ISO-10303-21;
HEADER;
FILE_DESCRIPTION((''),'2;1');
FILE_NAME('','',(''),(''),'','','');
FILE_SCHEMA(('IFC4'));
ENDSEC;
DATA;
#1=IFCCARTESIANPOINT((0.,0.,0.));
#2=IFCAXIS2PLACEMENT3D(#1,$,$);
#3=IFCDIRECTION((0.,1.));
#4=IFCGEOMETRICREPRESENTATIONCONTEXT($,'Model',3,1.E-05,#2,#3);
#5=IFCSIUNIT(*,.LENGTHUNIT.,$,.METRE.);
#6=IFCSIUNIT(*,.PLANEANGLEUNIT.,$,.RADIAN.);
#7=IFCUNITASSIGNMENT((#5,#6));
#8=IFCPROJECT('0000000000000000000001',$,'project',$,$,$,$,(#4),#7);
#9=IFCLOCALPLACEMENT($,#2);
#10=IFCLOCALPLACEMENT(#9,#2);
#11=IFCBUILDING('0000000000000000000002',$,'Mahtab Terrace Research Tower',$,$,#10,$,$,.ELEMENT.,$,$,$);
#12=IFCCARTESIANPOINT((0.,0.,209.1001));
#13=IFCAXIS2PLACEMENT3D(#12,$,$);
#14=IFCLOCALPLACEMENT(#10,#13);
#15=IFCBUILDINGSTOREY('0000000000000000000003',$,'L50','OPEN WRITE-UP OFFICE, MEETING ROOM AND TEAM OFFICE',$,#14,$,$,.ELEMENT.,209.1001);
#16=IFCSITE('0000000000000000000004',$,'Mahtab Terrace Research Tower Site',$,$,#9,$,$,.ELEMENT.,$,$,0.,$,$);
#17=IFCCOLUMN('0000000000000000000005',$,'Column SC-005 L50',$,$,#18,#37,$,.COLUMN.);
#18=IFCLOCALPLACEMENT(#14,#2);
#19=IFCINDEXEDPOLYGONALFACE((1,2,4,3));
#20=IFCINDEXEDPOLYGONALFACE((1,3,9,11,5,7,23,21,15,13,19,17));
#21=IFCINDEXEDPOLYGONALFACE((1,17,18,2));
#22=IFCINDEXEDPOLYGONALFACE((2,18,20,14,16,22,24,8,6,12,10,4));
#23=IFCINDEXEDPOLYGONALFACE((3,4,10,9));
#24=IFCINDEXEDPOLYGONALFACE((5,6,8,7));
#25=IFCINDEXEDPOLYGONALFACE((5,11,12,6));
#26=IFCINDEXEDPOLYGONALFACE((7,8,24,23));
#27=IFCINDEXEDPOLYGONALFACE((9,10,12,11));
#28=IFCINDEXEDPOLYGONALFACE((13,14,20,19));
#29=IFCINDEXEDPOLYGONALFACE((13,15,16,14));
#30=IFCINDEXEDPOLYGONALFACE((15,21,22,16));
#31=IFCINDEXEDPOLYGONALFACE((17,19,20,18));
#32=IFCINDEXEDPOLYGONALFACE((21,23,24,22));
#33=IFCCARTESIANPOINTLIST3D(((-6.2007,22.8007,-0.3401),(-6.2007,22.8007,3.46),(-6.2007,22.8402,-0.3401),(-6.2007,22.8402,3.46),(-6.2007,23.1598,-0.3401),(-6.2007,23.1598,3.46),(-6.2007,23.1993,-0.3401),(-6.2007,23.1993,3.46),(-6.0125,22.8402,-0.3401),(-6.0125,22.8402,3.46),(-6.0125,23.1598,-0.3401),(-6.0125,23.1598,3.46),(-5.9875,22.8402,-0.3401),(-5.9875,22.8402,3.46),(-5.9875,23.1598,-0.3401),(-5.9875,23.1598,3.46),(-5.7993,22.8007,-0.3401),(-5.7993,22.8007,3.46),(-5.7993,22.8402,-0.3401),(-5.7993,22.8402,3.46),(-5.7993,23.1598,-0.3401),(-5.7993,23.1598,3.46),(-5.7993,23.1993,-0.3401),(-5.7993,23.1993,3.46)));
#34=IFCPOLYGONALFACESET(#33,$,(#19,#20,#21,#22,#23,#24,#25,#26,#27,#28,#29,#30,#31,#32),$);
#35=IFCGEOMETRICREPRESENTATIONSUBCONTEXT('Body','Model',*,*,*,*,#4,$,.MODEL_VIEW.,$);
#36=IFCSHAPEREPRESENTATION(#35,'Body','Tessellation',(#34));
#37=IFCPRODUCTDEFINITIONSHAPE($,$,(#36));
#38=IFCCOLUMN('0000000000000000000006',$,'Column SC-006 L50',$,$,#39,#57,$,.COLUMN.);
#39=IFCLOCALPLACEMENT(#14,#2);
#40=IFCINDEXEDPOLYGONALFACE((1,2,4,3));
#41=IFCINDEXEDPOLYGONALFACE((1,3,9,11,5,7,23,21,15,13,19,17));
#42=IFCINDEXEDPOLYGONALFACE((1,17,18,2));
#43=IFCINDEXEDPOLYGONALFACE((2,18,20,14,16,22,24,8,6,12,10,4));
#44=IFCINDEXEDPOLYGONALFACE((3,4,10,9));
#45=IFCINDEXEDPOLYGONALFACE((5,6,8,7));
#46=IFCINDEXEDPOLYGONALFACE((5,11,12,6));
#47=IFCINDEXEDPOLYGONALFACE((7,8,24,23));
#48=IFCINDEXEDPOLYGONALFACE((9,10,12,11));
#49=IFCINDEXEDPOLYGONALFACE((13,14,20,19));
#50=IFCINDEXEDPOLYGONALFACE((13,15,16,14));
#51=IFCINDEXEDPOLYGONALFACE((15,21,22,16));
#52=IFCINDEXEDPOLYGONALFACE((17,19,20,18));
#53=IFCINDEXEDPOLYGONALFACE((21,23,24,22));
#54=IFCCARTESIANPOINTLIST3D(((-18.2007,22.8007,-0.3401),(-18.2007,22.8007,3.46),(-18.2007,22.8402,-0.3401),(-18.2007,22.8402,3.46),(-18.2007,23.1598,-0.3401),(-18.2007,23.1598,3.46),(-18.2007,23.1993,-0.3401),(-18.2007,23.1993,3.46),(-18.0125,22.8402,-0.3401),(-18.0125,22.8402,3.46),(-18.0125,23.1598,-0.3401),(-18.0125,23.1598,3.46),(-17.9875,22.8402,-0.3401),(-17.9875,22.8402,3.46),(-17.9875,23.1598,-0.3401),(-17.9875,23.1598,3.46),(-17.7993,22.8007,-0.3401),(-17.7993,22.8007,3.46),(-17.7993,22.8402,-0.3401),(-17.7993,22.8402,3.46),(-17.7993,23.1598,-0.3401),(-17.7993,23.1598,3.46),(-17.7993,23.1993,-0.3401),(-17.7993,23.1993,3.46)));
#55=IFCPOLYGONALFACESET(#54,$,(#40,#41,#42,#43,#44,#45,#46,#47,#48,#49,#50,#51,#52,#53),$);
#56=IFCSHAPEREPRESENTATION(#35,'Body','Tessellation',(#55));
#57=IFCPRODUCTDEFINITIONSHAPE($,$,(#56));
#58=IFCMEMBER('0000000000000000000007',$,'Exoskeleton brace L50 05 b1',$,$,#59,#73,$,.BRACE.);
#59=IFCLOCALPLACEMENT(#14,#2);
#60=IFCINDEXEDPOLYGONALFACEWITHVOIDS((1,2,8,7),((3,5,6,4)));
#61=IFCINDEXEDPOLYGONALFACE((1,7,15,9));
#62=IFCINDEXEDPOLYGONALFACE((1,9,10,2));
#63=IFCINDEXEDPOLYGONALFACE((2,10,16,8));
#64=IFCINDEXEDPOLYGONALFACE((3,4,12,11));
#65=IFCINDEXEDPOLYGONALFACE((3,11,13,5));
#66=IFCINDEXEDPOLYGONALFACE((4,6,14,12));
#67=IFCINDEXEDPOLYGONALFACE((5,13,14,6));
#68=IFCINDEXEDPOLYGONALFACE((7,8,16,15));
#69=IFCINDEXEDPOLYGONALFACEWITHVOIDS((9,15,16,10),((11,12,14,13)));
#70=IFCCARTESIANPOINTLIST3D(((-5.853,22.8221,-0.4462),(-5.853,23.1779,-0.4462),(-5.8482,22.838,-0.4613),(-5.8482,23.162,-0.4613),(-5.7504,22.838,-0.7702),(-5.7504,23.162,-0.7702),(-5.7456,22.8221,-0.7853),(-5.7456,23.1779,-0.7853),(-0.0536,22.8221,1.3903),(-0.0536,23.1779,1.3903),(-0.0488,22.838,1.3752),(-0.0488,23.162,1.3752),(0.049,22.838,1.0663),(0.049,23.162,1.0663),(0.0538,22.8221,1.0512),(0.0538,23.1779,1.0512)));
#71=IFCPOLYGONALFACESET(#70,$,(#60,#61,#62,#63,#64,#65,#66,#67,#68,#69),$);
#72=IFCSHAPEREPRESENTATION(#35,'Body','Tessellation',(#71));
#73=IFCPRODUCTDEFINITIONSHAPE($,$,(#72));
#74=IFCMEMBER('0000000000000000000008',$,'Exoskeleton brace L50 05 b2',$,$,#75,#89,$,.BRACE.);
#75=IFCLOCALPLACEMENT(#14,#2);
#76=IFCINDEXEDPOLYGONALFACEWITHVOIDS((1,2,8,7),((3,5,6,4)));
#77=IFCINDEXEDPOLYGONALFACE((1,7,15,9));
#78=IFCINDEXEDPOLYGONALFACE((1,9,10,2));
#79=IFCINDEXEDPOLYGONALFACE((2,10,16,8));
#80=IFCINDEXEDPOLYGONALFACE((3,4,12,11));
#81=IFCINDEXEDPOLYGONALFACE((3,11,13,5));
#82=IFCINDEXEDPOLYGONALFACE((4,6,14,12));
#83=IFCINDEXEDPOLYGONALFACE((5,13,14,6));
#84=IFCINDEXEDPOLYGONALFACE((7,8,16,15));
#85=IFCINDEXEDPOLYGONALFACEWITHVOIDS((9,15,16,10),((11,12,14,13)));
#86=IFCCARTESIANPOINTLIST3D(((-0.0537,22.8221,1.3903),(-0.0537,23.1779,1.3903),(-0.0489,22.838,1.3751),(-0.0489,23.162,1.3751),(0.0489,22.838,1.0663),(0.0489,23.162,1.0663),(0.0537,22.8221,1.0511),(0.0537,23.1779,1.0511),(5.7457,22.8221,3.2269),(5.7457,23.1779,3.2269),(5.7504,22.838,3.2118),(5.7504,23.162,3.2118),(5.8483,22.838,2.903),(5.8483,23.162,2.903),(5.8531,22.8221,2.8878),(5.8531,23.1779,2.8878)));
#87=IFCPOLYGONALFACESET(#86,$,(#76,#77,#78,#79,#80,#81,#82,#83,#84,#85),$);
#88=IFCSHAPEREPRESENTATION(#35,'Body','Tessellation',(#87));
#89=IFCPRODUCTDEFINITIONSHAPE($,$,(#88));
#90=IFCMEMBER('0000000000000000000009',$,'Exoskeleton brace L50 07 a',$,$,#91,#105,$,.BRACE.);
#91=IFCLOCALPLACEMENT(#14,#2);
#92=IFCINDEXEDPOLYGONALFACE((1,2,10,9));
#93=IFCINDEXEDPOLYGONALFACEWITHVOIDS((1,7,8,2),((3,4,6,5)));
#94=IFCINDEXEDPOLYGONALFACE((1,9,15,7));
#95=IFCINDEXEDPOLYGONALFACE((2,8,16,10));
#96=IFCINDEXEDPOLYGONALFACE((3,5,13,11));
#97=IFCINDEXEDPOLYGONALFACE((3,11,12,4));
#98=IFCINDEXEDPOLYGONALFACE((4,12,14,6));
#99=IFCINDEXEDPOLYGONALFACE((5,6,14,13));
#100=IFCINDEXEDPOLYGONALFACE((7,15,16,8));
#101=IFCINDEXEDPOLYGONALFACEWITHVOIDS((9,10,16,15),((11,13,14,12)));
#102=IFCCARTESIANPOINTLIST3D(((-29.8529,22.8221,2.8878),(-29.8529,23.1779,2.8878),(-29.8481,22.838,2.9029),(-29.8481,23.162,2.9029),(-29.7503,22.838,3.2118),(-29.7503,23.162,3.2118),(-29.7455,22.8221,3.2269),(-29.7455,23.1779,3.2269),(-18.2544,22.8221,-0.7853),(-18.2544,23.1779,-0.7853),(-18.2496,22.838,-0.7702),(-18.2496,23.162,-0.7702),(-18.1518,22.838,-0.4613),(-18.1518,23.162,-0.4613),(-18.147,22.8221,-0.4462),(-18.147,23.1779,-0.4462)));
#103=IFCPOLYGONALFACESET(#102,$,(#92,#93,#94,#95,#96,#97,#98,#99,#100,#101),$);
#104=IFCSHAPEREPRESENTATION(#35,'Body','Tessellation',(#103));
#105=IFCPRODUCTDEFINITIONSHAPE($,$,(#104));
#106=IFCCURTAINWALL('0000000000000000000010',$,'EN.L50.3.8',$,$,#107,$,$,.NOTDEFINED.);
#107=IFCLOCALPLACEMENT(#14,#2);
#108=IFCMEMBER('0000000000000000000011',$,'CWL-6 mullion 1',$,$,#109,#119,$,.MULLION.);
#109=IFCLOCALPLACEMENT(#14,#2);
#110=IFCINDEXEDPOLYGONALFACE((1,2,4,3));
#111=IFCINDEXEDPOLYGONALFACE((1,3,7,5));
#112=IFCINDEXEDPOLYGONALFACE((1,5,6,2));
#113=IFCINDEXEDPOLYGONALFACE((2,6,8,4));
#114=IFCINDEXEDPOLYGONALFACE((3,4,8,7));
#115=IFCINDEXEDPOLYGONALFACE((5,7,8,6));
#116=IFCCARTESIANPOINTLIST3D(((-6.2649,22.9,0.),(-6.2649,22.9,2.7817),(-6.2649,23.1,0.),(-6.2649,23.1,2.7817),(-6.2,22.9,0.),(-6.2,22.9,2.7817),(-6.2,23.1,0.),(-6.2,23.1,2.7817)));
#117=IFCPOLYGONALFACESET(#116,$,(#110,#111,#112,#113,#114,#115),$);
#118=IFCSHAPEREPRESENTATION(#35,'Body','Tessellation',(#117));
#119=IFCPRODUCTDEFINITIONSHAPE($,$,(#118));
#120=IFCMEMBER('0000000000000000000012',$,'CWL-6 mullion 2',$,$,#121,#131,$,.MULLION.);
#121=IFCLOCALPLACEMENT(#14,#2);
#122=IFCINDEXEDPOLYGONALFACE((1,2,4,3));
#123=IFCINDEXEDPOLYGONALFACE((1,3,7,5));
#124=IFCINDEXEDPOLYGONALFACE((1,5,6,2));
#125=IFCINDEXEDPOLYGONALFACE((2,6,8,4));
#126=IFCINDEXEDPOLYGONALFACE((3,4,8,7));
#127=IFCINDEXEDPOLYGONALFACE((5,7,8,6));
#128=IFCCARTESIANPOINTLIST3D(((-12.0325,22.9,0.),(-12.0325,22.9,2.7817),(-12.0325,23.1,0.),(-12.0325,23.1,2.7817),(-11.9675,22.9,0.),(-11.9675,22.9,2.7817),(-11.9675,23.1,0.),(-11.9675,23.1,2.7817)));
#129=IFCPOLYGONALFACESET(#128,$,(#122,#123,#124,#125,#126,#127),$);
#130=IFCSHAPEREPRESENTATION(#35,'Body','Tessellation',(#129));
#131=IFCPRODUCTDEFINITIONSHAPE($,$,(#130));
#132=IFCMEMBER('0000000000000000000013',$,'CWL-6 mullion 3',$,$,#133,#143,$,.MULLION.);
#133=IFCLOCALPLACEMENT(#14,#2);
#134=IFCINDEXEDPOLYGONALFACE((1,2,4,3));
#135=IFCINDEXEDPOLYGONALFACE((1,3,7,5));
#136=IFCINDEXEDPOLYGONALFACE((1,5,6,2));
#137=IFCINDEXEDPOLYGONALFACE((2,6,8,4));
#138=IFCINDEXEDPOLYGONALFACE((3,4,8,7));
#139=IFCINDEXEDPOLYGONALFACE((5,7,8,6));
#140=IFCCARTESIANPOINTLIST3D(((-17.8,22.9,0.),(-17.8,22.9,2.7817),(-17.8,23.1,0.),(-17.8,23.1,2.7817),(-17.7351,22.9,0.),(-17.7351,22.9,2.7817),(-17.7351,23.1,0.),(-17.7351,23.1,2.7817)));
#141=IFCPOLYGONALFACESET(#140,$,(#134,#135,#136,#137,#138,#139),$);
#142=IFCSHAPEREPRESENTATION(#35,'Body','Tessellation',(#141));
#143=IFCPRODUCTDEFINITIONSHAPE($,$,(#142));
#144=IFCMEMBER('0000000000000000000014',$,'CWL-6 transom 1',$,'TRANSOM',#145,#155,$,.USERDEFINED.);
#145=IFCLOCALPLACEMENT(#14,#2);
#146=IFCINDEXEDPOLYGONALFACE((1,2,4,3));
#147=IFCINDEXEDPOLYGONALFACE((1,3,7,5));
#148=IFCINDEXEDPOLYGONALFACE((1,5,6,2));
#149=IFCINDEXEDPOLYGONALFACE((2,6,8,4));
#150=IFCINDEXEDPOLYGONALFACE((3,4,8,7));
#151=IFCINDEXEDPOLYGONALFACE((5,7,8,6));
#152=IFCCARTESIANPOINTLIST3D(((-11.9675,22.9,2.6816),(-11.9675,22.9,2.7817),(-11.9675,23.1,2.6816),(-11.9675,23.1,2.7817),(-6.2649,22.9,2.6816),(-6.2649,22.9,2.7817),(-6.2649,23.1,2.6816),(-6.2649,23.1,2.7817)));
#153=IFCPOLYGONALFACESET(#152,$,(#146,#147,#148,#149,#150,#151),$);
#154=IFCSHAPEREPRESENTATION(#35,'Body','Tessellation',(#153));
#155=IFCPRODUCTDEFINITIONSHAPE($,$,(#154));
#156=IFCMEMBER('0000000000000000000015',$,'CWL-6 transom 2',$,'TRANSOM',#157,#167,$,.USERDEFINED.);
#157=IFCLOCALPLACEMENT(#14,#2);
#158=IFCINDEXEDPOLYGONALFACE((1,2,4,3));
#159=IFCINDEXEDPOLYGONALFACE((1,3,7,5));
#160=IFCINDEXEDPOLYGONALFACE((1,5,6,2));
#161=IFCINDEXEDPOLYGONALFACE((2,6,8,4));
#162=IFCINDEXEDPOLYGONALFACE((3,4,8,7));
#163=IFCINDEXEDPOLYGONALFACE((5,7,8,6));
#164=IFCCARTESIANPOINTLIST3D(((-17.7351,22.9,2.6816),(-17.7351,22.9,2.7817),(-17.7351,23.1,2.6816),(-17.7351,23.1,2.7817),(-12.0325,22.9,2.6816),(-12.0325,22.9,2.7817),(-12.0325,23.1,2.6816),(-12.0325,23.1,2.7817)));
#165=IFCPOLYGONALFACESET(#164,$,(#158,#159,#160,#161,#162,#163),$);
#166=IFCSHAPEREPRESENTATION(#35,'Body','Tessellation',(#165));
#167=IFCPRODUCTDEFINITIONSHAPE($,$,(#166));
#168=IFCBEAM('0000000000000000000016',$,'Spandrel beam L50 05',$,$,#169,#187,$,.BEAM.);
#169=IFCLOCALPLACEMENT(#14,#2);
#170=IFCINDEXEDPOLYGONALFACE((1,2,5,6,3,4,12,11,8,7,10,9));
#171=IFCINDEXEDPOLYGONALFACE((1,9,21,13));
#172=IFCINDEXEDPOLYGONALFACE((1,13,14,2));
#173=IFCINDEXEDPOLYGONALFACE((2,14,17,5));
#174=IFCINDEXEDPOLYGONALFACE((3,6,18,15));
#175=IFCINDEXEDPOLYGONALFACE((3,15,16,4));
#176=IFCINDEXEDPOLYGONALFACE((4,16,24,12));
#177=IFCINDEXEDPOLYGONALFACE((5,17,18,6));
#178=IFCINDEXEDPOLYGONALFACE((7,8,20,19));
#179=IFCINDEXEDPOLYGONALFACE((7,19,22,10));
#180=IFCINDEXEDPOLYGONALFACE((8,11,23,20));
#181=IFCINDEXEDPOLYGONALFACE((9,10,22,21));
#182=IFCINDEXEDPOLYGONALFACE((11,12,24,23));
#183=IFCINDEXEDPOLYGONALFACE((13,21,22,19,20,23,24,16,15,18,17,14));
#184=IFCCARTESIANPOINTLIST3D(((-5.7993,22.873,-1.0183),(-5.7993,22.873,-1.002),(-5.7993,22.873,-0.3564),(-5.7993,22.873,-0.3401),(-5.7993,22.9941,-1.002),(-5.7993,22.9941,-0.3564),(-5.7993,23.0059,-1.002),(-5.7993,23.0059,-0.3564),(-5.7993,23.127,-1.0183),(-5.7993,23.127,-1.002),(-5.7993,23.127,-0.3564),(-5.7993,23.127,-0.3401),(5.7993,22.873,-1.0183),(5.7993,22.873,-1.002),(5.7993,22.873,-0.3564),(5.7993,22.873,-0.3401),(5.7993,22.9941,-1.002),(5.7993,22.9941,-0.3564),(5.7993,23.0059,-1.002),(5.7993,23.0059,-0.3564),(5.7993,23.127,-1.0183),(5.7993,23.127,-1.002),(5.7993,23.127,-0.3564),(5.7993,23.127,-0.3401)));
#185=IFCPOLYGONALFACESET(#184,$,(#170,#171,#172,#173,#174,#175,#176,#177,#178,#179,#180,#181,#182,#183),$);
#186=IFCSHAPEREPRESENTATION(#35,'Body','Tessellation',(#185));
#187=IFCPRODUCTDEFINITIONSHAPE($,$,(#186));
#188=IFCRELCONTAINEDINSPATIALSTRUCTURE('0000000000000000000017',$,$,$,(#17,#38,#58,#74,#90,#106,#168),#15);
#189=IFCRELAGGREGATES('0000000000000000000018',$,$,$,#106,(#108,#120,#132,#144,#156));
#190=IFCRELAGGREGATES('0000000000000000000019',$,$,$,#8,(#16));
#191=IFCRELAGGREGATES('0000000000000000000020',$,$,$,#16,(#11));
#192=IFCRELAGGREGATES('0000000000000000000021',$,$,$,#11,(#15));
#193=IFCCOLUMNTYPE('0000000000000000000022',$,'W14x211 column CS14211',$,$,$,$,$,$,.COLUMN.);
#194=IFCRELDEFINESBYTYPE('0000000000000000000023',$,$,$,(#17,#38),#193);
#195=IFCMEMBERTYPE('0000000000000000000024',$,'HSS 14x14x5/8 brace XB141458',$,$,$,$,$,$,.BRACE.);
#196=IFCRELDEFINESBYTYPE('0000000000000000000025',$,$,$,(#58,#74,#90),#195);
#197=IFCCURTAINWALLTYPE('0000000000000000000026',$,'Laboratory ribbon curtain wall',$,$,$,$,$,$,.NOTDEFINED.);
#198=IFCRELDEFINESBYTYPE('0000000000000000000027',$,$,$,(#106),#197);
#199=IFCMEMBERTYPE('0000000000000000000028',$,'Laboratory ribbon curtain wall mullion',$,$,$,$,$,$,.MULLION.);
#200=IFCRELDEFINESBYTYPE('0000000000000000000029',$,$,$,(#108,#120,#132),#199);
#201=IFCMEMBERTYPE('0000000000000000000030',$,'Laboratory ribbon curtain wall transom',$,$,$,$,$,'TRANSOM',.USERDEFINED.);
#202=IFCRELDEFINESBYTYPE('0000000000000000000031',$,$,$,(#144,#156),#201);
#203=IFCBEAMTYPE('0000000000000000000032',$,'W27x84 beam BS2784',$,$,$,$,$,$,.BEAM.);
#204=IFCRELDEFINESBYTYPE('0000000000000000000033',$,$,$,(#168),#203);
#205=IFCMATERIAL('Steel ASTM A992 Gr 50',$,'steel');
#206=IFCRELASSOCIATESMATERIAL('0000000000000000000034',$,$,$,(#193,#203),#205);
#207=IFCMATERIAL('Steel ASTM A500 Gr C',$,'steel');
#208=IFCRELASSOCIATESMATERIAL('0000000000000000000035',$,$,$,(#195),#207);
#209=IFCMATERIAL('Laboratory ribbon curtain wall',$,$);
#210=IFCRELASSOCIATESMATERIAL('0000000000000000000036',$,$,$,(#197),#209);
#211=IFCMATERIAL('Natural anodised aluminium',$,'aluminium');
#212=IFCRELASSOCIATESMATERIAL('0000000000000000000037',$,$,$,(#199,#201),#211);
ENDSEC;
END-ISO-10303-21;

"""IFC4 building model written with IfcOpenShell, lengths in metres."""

from ifc_helpers import new_model, si_unit, direction, frame, origin, origin_2d, place, context, subcontext, project, spatial, rectangle, hollow_rectangle, i_section, extrude, material, material_profile, profile_set, type_object, element, aggregate, save


model = new_model("IFC4")

# Units and contexts
model_context = context("Model", 3, precision=1e-05, world=origin(), true_north=direction((0.0, 1.0)))
body_context = subcontext(model_context, "Body", "Model", "MODEL_VIEW")
ifc_project = project(units=[si_unit("LENGTHUNIT", "METRE"), si_unit("PLANEANGLEUNIT", "RADIAN")], contexts=[model_context])

# Site, building, storey
site_placement = place(None, origin())
site = spatial("IfcSite", under=ifc_project, at=site_placement, Name="Mahtab Terrace Research Tower Site", CompositionType="ELEMENT", RefElevation=0.0)
building_placement = place(site_placement, origin())
building = spatial("IfcBuilding", under=site, at=building_placement, Name="Mahtab Terrace Research Tower", CompositionType="ELEMENT")
storey_placement = place(building_placement, frame((0.0, 0.0, 209.1001)))
storey = spatial("IfcBuildingStorey", under=building, at=storey_placement, Name="L50", Description="OPEN WRITE-UP OFFICE, MEETING ROOM AND TEAM OFFICE", CompositionType="ELEMENT", Elevation=209.1001)

# Columns
ifc_material_1 = material(Name="Steel ASTM A992 Gr 50", Category="steel")
ifc_material_profile_1 = material_profile(ifc_material_1, i_section(OverallWidth=0.4014, OverallDepth=0.3987, WebThickness=0.0249, FlangeThickness=0.0396, at=origin_2d()), Name="W14X211")
ifc_profile_set_1 = profile_set([ifc_material_profile_1], Name="Steel ASTM A992 Gr 50")
column_type = type_object("IfcColumnType", Name="W14x211 column CS14211", PredefinedType="COLUMN", material=ifc_profile_set_1)
for number, where, z_axis, x_axis, name in (
    (1, (-6.0, 23.0, -0.3401), (0.0, 0.0, 1.0), (1.0, 0.0, 0.0), "Column SC-005 L50"),
    (2, (-18.0, 23.0, -0.3401), (0.0, 0.0, 1.0), (1.0, 0.0, 0.0), "Column SC-006 L50"),
):
    element("IfcColumn", number, at=place(storey_placement, frame(where, z_axis=z_axis, x_axis=x_axis)), inside=storey, type_object=column_type, Name=name, PredefinedType="COLUMN", context=body_context, shape_type="SweptSolid", body=[
        extrude(i_section(OverallWidth=0.4014, OverallDepth=0.3987, WebThickness=0.0249, FlangeThickness=0.0396, at=origin_2d()), origin(), (0.0, 0.0, 1.0), 3.8),
    ])

# Members
ifc_material_2 = material(Name="Steel ASTM A500 Gr C", Category="steel")
ifc_material_profile_2 = material_profile(ifc_material_2, hollow_rectangle(XDim=0.3557, YDim=0.3557, WallThickness=0.0159, at=origin_2d()), Name="HSS14X14X5/8")
ifc_profile_set_2 = profile_set([ifc_material_profile_2], Name="Steel ASTM A500 Gr C")
member_type_1 = type_object("IfcMemberType", Name="HSS 14x14x5/8 brace XB141458", PredefinedType="BRACE", material=ifc_profile_set_2)
for number, where, z_axis, x_axis, name in (
    (3, (-5.7993, 23.0, -0.6157), (0.953343, 0.0, 0.301888), (0.0, 1.0, 0.0), "Exoskeleton brace L50 05 b1"),
    (4, (0.0, 23.0, 1.2207), (0.953332, 0.0, 0.301925), (0.0, 1.0, 0.0), "Exoskeleton brace L50 05 b2"),
):
    element("IfcMember", number, at=place(storey_placement, frame(where, z_axis=z_axis, x_axis=x_axis)), inside=storey, type_object=member_type_1, Name=name, PredefinedType="BRACE", context=body_context, shape_type="SweptSolid", body=[
        extrude(hollow_rectangle(XDim=0.3557, YDim=0.3557, WallThickness=0.0159, at=origin_2d()), origin(), (0.0, 0.0, 1.0), 6.0833),
    ])
member_1_placement = place(storey_placement, frame((-18.2007, 23.0, -0.6157), z_axis=(-0.953338, 0.0, 0.301906), x_axis=(0.0, -1.0, 0.0)))
element("IfcMember", 5, at=member_1_placement, inside=storey, type_object=member_type_1, Name="Exoskeleton brace L50 07 a", PredefinedType="BRACE", context=body_context, shape_type="SweptSolid", body=[
    extrude(hollow_rectangle(XDim=0.3557, YDim=0.3557, WallThickness=0.0159, at=origin_2d()), origin(), (0.0, 0.0, 1.0), 12.1663),
])

# Curtain wall, members
ifc_material_3 = material(Name="Laboratory ribbon curtain wall")
curtain_wall_type = type_object("IfcCurtainWallType", Name="Laboratory ribbon curtain wall", PredefinedType="NOTDEFINED", material=ifc_material_3)
curtain_wall_placement = place(storey_placement, origin())
curtain_wall = element("IfcCurtainWall", 6, at=curtain_wall_placement, inside=storey, type_object=curtain_wall_type, Name="EN.L50.3.8", PredefinedType="NOTDEFINED")
ifc_material_4 = material(Name="Natural anodised aluminium", Category="aluminium")
ifc_material_profile_3 = material_profile(ifc_material_4, rectangle(XDim=0.2, YDim=0.0649, at=origin_2d()), Name="MULLION 65x200")
ifc_profile_set_3 = profile_set([ifc_material_profile_3], Name="Natural anodised aluminium")
member_type_2 = type_object("IfcMemberType", Name="Laboratory ribbon curtain wall mullion", PredefinedType="MULLION", material=ifc_profile_set_3)
member_2_placement = place(storey_placement, frame((-6.2324, 23.0, 0.0), z_axis=(0.0, 0.0, 1.0), x_axis=(0.0, -1.0, 0.0)))
member_2 = element("IfcMember", 7, at=member_2_placement, type_object=member_type_2, Name="CWL-6 mullion 1", PredefinedType="MULLION", context=body_context, shape_type="SweptSolid", body=[
    extrude(rectangle(XDim=0.2, YDim=0.0649, at=origin_2d()), origin(), (0.0, 0.0, 1.0), 2.7817),
])
member_3_placement = place(storey_placement, frame((-12.0, 23.0, 0.0), z_axis=(0.0, 0.0, 1.0), x_axis=(0.0, -1.0, 0.0)))
member_3 = element("IfcMember", 8, at=member_3_placement, type_object=member_type_2, Name="CWL-6 mullion 2", PredefinedType="MULLION", context=body_context, shape_type="SweptSolid", body=[
    extrude(rectangle(XDim=0.2, YDim=0.0649, at=origin_2d()), origin(), (0.0, 0.0, 1.0), 2.7817),
])
member_4_placement = place(storey_placement, frame((-17.7676, 23.0, 0.0), z_axis=(0.0, 0.0, 1.0), x_axis=(0.0, -1.0, 0.0)))
member_4 = element("IfcMember", 9, at=member_4_placement, type_object=member_type_2, Name="CWL-6 mullion 3", PredefinedType="MULLION", context=body_context, shape_type="SweptSolid", body=[
    extrude(rectangle(XDim=0.2, YDim=0.0649, at=origin_2d()), origin(), (0.0, 0.0, 1.0), 2.7817),
])
ifc_material_profile_4 = material_profile(ifc_material_4, rectangle(XDim=0.2, YDim=0.1001, at=origin_2d()), Name="TRANSOM 100x200")
ifc_profile_set_4 = profile_set([ifc_material_profile_4], Name="Natural anodised aluminium")
member_type_3 = type_object("IfcMemberType", Name="Laboratory ribbon curtain wall transom", ElementType="TRANSOM", PredefinedType="USERDEFINED", material=ifc_profile_set_4)
member_5_placement = place(storey_placement, frame((-6.2649, 23.0, 2.7317), z_axis=(-1.0, 0.0, 0.0), x_axis=(0.0, -1.0, 0.0)))
member_5 = element("IfcMember", 10, at=member_5_placement, type_object=member_type_3, Name="CWL-6 transom 1", ObjectType="TRANSOM", PredefinedType="USERDEFINED", context=body_context, shape_type="SweptSolid", body=[
    extrude(rectangle(XDim=0.2, YDim=0.1001, at=origin_2d()), origin(), (0.0, 0.0, 1.0), 5.7026),
])
member_6_placement = place(storey_placement, frame((-12.0325, 23.0, 2.7317), z_axis=(-1.0, 0.0, 0.0), x_axis=(0.0, -1.0, 0.0)))
member_6 = element("IfcMember", 11, at=member_6_placement, type_object=member_type_3, Name="CWL-6 transom 2", ObjectType="TRANSOM", PredefinedType="USERDEFINED", context=body_context, shape_type="SweptSolid", body=[
    extrude(rectangle(XDim=0.2, YDim=0.1001, at=origin_2d()), origin(), (0.0, 0.0, 1.0), 5.7026),
])

# Beam
ifc_material_profile_5 = material_profile(ifc_material_1, i_section(OverallWidth=0.2539, OverallDepth=0.6782, WebThickness=0.0117, FlangeThickness=0.0164, at=origin_2d()), Name="W27X84")
ifc_profile_set_5 = profile_set([ifc_material_profile_5], Name="Steel ASTM A992 Gr 50")
beam_type = type_object("IfcBeamType", Name="W27x84 beam BS2784", PredefinedType="BEAM", material=ifc_profile_set_5)
for number, where, z_axis, x_axis, name in (
    (12, (5.7993, 23.0, -0.6792), (-1.0, 0.0, 0.0), (0.0, -1.0, 0.0), "Spandrel beam L50 05"),
):
    element("IfcBeam", number, at=place(storey_placement, frame(where, z_axis=z_axis, x_axis=x_axis)), inside=storey, type_object=beam_type, Name=name, PredefinedType="BEAM", context=body_context, shape_type="SweptSolid", body=[
        extrude(i_section(OverallWidth=0.2539, OverallDepth=0.6782, WebThickness=0.0117, FlangeThickness=0.0164, at=origin_2d()), origin(), (0.0, 0.0, 1.0), 11.5986),
    ])

aggregate(curtain_wall, [member_2, member_3, member_4, member_5, member_6])

save(model, "model.ifc")
